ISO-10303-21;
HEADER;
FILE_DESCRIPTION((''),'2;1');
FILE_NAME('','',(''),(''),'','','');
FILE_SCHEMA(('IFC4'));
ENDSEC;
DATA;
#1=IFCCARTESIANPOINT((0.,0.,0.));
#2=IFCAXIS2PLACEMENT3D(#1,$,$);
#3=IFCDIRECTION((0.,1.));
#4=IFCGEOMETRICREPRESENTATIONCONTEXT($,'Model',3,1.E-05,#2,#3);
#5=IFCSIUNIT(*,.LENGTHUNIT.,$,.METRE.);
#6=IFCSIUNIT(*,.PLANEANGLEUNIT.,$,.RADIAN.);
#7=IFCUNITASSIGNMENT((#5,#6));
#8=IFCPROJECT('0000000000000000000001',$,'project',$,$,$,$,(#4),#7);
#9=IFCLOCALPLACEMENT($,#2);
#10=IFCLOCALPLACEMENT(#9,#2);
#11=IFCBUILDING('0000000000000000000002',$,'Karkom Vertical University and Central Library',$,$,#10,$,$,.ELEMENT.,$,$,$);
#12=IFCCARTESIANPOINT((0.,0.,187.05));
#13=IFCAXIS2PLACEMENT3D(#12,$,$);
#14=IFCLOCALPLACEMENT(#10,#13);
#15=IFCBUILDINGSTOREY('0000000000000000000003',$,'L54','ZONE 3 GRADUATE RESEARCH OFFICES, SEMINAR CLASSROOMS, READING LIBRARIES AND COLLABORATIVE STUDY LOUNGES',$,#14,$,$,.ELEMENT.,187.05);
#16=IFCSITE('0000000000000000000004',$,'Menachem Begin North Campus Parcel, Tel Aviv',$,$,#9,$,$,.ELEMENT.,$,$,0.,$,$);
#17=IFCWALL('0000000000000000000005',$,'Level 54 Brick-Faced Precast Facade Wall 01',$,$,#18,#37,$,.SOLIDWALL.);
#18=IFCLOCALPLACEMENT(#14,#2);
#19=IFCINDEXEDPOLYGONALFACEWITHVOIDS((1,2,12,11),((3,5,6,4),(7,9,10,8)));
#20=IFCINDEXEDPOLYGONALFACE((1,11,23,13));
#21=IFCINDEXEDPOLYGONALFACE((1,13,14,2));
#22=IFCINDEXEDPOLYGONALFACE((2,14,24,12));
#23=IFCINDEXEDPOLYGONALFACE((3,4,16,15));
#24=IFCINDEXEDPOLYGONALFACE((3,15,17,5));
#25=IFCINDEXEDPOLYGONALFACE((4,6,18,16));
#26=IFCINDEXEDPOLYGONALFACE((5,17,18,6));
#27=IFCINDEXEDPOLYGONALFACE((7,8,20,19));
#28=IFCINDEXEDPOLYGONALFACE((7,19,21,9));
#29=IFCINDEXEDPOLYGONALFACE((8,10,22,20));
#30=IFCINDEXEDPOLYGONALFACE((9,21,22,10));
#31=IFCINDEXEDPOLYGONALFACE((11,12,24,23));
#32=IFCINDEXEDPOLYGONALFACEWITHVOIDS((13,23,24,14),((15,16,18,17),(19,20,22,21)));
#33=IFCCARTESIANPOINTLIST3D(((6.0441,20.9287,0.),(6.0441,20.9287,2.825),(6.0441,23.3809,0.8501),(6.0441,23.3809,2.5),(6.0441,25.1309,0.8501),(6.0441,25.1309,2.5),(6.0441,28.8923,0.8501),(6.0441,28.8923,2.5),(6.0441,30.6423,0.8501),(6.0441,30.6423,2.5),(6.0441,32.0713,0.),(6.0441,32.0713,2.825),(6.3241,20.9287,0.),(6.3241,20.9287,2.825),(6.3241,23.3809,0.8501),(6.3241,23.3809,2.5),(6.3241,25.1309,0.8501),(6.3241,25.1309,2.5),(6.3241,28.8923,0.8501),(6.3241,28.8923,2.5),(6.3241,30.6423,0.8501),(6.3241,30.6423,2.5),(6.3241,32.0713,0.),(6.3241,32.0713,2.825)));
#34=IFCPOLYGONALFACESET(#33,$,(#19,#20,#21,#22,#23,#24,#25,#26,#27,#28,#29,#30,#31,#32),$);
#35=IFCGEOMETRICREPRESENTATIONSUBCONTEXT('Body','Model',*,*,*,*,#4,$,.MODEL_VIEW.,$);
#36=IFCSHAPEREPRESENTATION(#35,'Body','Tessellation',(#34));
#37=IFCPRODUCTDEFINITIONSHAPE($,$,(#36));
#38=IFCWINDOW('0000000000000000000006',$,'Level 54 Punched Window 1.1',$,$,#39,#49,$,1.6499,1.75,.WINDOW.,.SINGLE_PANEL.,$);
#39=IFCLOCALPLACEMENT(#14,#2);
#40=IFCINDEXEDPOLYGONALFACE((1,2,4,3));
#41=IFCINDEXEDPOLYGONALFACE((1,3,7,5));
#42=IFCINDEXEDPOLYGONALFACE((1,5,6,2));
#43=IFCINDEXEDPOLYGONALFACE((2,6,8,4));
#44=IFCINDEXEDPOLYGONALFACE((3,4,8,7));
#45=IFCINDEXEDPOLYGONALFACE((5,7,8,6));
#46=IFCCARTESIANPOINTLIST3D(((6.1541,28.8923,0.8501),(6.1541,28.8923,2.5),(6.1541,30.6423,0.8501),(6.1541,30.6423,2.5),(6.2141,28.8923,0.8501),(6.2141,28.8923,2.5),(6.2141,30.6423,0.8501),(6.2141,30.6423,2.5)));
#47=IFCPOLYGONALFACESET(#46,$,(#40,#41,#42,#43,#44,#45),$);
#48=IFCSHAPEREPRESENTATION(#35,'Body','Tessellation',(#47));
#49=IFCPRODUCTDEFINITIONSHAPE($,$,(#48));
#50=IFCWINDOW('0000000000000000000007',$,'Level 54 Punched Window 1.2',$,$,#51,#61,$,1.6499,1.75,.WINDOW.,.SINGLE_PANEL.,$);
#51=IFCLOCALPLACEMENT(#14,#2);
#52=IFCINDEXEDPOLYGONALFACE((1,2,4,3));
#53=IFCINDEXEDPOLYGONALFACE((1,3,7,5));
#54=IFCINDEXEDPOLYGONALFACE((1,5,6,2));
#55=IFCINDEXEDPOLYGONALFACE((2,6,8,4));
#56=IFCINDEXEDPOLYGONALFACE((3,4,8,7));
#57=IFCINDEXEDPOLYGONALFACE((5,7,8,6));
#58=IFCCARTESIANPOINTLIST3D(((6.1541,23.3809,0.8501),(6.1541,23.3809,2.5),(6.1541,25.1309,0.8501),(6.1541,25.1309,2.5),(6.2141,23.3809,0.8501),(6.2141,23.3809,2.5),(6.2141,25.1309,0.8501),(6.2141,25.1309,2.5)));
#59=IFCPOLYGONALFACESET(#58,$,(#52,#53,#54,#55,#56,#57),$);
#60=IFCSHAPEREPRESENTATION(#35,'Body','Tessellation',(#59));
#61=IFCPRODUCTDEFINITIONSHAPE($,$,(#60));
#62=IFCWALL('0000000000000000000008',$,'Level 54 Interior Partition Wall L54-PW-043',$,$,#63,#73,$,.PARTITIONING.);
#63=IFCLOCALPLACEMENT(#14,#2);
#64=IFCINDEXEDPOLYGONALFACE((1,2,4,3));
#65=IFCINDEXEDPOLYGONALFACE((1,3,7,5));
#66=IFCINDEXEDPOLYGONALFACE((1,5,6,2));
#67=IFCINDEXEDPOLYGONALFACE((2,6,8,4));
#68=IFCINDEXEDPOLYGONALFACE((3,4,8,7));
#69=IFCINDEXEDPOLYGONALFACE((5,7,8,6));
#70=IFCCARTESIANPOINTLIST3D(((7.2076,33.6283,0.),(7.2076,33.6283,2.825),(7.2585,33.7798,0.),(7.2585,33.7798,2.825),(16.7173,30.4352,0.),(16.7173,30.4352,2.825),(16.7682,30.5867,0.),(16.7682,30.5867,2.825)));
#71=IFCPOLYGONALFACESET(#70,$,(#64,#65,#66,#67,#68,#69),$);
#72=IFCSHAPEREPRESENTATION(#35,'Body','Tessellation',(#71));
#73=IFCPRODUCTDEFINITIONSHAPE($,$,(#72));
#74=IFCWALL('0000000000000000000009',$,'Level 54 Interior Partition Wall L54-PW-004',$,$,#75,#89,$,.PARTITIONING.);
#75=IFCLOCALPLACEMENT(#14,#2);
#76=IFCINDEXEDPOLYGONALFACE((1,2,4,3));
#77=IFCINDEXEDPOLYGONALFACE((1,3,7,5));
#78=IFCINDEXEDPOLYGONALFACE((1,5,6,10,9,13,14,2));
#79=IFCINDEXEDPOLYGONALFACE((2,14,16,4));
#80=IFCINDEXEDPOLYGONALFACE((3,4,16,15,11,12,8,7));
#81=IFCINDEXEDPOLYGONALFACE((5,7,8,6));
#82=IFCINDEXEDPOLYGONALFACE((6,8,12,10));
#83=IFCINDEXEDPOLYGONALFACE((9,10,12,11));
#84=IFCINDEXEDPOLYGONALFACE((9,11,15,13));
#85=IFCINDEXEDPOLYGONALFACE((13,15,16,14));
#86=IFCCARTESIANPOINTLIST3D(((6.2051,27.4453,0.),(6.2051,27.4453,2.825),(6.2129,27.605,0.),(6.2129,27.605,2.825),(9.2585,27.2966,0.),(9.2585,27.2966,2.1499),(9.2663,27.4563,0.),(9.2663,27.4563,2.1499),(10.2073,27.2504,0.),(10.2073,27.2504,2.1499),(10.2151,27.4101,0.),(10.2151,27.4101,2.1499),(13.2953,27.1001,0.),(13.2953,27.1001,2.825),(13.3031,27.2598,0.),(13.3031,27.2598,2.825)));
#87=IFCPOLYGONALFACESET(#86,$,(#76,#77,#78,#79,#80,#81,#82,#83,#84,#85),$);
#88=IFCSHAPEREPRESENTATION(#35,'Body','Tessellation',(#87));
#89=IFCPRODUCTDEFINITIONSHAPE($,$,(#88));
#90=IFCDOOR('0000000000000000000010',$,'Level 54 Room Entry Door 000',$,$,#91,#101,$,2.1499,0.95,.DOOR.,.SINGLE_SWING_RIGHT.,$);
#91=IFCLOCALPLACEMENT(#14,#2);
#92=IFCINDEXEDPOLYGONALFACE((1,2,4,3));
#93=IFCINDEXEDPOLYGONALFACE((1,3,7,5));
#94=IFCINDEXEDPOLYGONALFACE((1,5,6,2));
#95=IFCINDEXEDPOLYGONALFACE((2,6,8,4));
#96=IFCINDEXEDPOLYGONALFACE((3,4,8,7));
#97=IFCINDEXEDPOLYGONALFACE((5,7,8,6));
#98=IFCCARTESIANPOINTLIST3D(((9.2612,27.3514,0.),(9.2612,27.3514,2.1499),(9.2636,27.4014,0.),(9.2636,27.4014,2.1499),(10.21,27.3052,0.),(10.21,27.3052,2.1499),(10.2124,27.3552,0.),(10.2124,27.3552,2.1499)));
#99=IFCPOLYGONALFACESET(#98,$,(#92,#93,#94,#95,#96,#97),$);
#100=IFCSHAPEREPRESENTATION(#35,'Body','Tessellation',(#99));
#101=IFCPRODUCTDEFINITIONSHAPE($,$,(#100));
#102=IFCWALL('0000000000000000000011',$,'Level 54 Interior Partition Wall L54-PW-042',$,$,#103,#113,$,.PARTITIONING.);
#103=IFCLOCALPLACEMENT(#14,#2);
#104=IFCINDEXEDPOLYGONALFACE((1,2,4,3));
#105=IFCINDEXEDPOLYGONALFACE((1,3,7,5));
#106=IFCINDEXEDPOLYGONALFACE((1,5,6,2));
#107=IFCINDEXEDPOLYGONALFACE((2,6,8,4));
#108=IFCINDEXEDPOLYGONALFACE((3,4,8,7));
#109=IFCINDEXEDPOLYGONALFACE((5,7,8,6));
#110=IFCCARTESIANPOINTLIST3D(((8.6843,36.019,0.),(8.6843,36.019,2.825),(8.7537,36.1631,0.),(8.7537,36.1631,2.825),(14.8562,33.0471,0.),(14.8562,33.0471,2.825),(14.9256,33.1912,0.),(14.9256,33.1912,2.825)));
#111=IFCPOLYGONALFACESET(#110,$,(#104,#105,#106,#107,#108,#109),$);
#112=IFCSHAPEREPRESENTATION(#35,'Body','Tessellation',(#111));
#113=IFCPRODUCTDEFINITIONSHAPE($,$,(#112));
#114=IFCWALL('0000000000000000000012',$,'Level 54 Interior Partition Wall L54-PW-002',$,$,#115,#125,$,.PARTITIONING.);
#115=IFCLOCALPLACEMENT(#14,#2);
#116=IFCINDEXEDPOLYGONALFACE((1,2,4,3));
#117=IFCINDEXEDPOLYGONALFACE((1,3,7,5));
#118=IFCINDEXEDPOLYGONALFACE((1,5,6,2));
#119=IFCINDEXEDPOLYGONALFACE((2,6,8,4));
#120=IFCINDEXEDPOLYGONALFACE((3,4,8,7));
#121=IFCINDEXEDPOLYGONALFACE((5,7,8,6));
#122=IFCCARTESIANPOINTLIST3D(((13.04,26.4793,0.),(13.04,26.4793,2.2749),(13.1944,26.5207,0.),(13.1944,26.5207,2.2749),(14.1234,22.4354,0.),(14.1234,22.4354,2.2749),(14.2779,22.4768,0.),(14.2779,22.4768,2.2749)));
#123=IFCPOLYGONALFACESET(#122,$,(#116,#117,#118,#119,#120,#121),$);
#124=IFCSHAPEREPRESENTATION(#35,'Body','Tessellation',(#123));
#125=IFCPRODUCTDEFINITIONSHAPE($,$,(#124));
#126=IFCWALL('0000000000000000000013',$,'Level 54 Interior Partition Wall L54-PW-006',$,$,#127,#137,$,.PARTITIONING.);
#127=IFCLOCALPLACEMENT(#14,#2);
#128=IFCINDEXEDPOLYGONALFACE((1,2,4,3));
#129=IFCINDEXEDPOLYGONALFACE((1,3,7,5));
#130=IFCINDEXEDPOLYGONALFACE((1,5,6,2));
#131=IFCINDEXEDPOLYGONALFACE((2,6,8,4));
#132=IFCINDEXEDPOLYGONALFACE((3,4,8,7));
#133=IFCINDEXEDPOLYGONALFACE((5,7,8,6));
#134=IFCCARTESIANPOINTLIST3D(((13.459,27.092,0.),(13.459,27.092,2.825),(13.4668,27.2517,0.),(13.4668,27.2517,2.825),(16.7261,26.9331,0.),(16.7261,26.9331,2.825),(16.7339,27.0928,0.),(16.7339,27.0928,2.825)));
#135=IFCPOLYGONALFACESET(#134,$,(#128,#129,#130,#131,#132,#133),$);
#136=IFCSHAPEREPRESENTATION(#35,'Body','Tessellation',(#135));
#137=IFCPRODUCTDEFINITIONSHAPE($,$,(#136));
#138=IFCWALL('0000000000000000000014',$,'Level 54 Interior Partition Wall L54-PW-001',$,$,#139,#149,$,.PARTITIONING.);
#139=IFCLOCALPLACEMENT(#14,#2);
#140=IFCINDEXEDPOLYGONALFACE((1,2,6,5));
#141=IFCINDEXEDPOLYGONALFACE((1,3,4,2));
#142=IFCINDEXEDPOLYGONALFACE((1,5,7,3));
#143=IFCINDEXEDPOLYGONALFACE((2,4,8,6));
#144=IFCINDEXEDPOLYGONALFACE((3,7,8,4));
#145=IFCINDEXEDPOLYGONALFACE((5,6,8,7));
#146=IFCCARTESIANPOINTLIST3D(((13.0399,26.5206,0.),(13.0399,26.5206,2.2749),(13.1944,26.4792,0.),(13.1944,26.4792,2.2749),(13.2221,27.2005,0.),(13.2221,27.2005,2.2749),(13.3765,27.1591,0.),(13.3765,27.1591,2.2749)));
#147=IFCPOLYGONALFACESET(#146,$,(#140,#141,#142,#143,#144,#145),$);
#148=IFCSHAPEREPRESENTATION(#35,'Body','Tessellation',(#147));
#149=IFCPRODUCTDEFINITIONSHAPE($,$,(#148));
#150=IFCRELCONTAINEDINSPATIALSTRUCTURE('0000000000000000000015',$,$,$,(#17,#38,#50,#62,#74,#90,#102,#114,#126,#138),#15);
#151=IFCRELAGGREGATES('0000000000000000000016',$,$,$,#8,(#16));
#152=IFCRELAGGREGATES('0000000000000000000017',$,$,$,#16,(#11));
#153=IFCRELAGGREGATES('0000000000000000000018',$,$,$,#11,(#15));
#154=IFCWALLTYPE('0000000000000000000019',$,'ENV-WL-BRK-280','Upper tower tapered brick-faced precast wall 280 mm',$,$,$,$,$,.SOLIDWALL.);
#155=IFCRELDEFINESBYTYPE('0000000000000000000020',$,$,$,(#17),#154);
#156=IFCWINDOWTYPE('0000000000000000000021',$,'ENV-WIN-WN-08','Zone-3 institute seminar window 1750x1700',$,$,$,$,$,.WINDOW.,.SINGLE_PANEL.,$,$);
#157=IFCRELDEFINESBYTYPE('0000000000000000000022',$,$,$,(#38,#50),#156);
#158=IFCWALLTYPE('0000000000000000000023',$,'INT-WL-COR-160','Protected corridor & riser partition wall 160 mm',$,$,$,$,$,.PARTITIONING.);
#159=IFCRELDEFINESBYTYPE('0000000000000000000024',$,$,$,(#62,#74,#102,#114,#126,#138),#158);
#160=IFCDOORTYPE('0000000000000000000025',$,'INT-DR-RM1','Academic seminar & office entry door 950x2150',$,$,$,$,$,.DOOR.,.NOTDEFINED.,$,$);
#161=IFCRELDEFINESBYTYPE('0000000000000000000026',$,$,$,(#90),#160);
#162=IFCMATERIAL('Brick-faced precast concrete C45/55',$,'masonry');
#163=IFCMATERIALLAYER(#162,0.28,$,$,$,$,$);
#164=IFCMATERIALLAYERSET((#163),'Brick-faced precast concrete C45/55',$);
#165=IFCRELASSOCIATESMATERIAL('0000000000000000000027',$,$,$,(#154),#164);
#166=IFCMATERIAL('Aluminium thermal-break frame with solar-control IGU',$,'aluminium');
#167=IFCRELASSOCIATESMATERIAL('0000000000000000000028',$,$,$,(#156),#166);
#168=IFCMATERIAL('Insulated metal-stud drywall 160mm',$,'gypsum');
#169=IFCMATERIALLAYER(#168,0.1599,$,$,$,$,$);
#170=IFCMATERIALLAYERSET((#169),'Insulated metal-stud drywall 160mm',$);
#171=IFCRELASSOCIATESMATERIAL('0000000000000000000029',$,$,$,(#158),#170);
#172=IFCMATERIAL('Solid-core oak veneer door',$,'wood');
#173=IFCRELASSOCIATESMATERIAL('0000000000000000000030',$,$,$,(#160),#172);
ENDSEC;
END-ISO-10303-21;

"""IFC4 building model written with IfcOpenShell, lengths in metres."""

from ifc_helpers import new_model, si_unit, direction, frame, frame_2d, origin, origin_with_axes, place, context, subcontext, project, spatial, rectangle, extrude, source, transform, mapped, material, layer, layer_set, type_object, element, fill, save


model = new_model("IFC4")

# Units and contexts
model_context = context("Model", 3, precision=1e-05, world=origin(), true_north=direction((0.0, 1.0)))
body_context = subcontext(model_context, "Body", "Model", "MODEL_VIEW")
ifc_project = project(units=[si_unit("LENGTHUNIT", "METRE"), si_unit("PLANEANGLEUNIT", "RADIAN")], contexts=[model_context])

# Site, building, storey
site_placement = place(None, origin())
site = spatial("IfcSite", under=ifc_project, at=site_placement, Name="Menachem Begin North Campus Parcel, Tel Aviv", CompositionType="ELEMENT", RefElevation=0.0)
building_placement = place(site_placement, origin())
building = spatial("IfcBuilding", under=site, at=building_placement, Name="Karkom Vertical University and Central Library", CompositionType="ELEMENT")
storey_placement = place(building_placement, frame((0.0, 0.0, 187.05)))
storey = spatial("IfcBuildingStorey", under=building, at=storey_placement, Name="L54", Description="ZONE 3 GRADUATE RESEARCH OFFICES, SEMINAR CLASSROOMS, READING LIBRARIES AND COLLABORATIVE STUDY LOUNGES", CompositionType="ELEMENT", Elevation=187.05)

# Wall, openings, windows
ifc_material_1 = material(Name="Brick-faced precast concrete C45/55", Category="masonry")
ifc_layer_1 = layer(ifc_material_1, 0.28)
ifc_layer_set_1 = layer_set([ifc_layer_1], Name="Brick-faced precast concrete C45/55")
wall_type_1 = type_object("IfcWallType", Name="ENV-WL-BRK-280", Description="Upper tower tapered brick-faced precast wall 280 mm", PredefinedType="SOLIDWALL", material=ifc_layer_set_1)
wall_1_placement = place(storey_placement, frame((6.1841, 32.0713, 0.0), z_axis=(0.0, 0.0, 1.0), x_axis=(0.0, -1.0, 0.0)))
wall_1 = element("IfcWall", 1, at=wall_1_placement, inside=storey, type_object=wall_type_1, Name="Level 54 Brick-Faced Precast Facade Wall 01", PredefinedType="SOLIDWALL", context=body_context, shape_type="SweptSolid", body=[
    extrude(rectangle(XDim=11.1426, YDim=0.28, at=frame_2d((5.5713, 0.0))), origin(), (0.0, 0.0, 1.0), 2.825),
])
opening_1_placement = place(wall_1_placement, frame((1.429, 0.0, 0.8501)))
opening_1 = element("IfcOpeningElement", 2, at=opening_1_placement, cuts=wall_1, PredefinedType="OPENING", context=body_context, shape_type="SweptSolid", body=[
    extrude(rectangle(XDim=1.75, YDim=1.6499, at=frame_2d((0.875, 0.825))), frame((0.0, 0.1499, 0.0), z_axis=(0.0, -1.0, 0.0), x_axis=(1.0, 0.0, 0.0)), (0.0, 0.0, 1.0), 0.3),
])
opening_2_placement = place(wall_1_placement, frame((6.9404, 0.0, 0.8501)))
opening_2 = element("IfcOpeningElement", 3, at=opening_2_placement, cuts=wall_1, PredefinedType="OPENING", context=body_context, shape_type="SweptSolid", body=[
    extrude(rectangle(XDim=1.75, YDim=1.6499, at=frame_2d((0.875, 0.825))), frame((0.0, 0.1499, 0.0), z_axis=(0.0, -1.0, 0.0), x_axis=(1.0, 0.0, 0.0)), (0.0, 0.0, 1.0), 0.3),
])
ifc_material_2 = material(Name="Aluminium thermal-break frame with solar-control IGU", Category="aluminium")
window_type = type_object("IfcWindowType", Name="ENV-WIN-WN-08", Description="Zone-3 institute seminar window 1750x1700", PartitioningType="SINGLE_PANEL", PredefinedType="WINDOW", material=ifc_material_2)
shared_shape_1 = source(origin_with_axes(), body_context, "Body", "SweptSolid", [
    extrude(rectangle(XDim=1.75, YDim=1.6499, at=frame_2d((0.875, 0.825))), frame((0.0, 0.03, 0.0), z_axis=(0.0, -1.0, 0.0), x_axis=(1.0, 0.0, 0.0)), (0.0, 0.0, 1.0), 0.0601),
])
window_1_placement = place(opening_1_placement, origin())
window_1 = element("IfcWindow", 4, at=window_1_placement, inside=storey, type_object=window_type, Name="Level 54 Punched Window 1.1", OverallHeight=1.6499, OverallWidth=1.75, PartitioningType="SINGLE_PANEL", PredefinedType="WINDOW", context=body_context, shape_type="MappedRepresentation", body=[
    mapped(shared_shape_1, transform((0.0, 0.0, 0.0), scale=1.0)),
])
fill(opening_1, window_1)
window_2_placement = place(opening_2_placement, origin())
window_2 = element("IfcWindow", 5, at=window_2_placement, inside=storey, type_object=window_type, Name="Level 54 Punched Window 1.2", OverallHeight=1.6499, OverallWidth=1.75, PartitioningType="SINGLE_PANEL", PredefinedType="WINDOW", context=body_context, shape_type="MappedRepresentation", body=[
    mapped(shared_shape_1, transform((0.0, 0.0, 0.0), scale=1.0)),
])
fill(opening_2, window_2)

# Wall
ifc_material_3 = material(Name="Insulated metal-stud drywall 160mm", Category="gypsum")
ifc_layer_2 = layer(ifc_material_3, 0.1599)
ifc_layer_set_2 = layer_set([ifc_layer_2], Name="Insulated metal-stud drywall 160mm")
wall_type_2 = type_object("IfcWallType", Name="INT-WL-COR-160", Description="Protected corridor & riser partition wall 160 mm", PredefinedType="PARTITIONING", material=ifc_layer_set_2)
wall_2_placement = place(storey_placement, frame((16.7427, 30.511, 0.0), z_axis=(0.0, 0.0, 1.0), x_axis=(-0.947987, 0.318308, 0.0)))
element("IfcWall", 6, at=wall_2_placement, inside=storey, type_object=wall_type_2, Name="Level 54 Interior Partition Wall L54-PW-043", PredefinedType="PARTITIONING", context=body_context, shape_type="SweptSolid", body=[
    extrude(rectangle(XDim=10.0315, YDim=0.1599, at=frame_2d((5.0156, 0.0))), origin(), (0.0, 0.0, 1.0), 2.825),
])

# Wall, opening, door
wall_3_placement = place(storey_placement, frame((6.209, 27.5251, 0.0), z_axis=(0.0, 0.0, 1.0), x_axis=(0.998817, -0.048631, 0.0)))
wall_3 = element("IfcWall", 7, at=wall_3_placement, inside=storey, type_object=wall_type_2, Name="Level 54 Interior Partition Wall L54-PW-004", PredefinedType="PARTITIONING", context=body_context, shape_type="SweptSolid", body=[
    extrude(rectangle(XDim=7.0986, YDim=0.1599, at=frame_2d((3.5493, 0.0))), origin(), (0.0, 0.0, 1.0), 2.825),
])
opening_3_placement = place(wall_3_placement, frame((3.0569, 0.0, 0.0)))
opening_3 = element("IfcOpeningElement", 8, at=opening_3_placement, cuts=wall_3, PredefinedType="OPENING", context=body_context, shape_type="SweptSolid", body=[
    extrude(rectangle(XDim=0.95, YDim=2.1499, at=frame_2d((0.4751, 1.075))), frame((0.0, 0.0898, 0.0), z_axis=(0.0, -1.0, 0.0), x_axis=(1.0, 0.0, 0.0)), (0.0, 0.0, 1.0), 0.1799),
])
ifc_material_4 = material(Name="Solid-core oak veneer door", Category="wood")
door_type_1 = type_object("IfcDoorType", Name="INT-DR-RM1", Description="Academic seminar & office entry door 950x2150", OperationType="NOTDEFINED", PredefinedType="DOOR", material=ifc_material_4)
shared_shape_2 = source(origin_with_axes(), body_context, "Body", "SweptSolid", [
    extrude(rectangle(XDim=0.95, YDim=2.1499, at=frame_2d((0.4751, 1.075))), frame((0.0, 0.0249, 0.0), z_axis=(0.0, -1.0, 0.0), x_axis=(1.0, 0.0, 0.0)), (0.0, 0.0, 1.0), 0.05),
])
door_1_placement = place(opening_3_placement, origin())
door_1 = element("IfcDoor", 9, at=door_1_placement, inside=storey, type_object=door_type_1, Name="Level 54 Room Entry Door 000", OperationType="SINGLE_SWING_RIGHT", OverallHeight=2.1499, OverallWidth=0.95, PredefinedType="DOOR", context=body_context, shape_type="MappedRepresentation", body=[
    mapped(shared_shape_2, transform((0.0, 0.0, 0.0), scale=1.0)),
])
fill(opening_3, door_1)

# Walls
wall_4_placement = place(storey_placement, frame((14.8909, 33.1191, 0.0), z_axis=(0.0, 0.0, 1.0), x_axis=(-0.900986, 0.433849, 0.0)))
element("IfcWall", 10, at=wall_4_placement, inside=storey, type_object=wall_type_2, Name="Level 54 Interior Partition Wall L54-PW-042", PredefinedType="PARTITIONING", context=body_context, shape_type="SweptSolid", body=[
    extrude(rectangle(XDim=6.8501, YDim=0.1599, at=frame_2d((3.425, 0.0))), origin(), (0.0, 0.0, 1.0), 2.825),
])
wall_5_placement = place(storey_placement, frame((13.1172, 26.5, 0.0), z_axis=(0.0, 0.0, 1.0), x_axis=(0.258802, -0.96593, 0.0)))
element("IfcWall", 11, at=wall_5_placement, inside=storey, type_object=wall_type_2, Name="Level 54 Interior Partition Wall L54-PW-002", PredefinedType="PARTITIONING", context=body_context, shape_type="SweptSolid", body=[
    extrude(rectangle(XDim=4.1865, YDim=0.1599, at=frame_2d((2.0933, 0.0))), origin(), (0.0, 0.0, 1.0), 2.2749),
])
wall_6_placement = place(storey_placement, frame((13.4629, 27.1719, 0.0), z_axis=(0.0, 0.0, 1.0), x_axis=(0.998819, -0.04859, 0.0)))
element("IfcWall", 12, at=wall_6_placement, inside=storey, type_object=wall_type_2, Name="Level 54 Interior Partition Wall L54-PW-006", PredefinedType="PARTITIONING", context=body_context, shape_type="SweptSolid", body=[
    extrude(rectangle(XDim=3.271, YDim=0.1599, at=frame_2d((1.6355, 0.0))), origin(), (0.0, 0.0, 1.0), 2.825),
])
wall_7_placement = place(storey_placement, frame((13.2993, 27.1799, 0.0), z_axis=(0.0, 0.0, 1.0), x_axis=(-0.258742, -0.965947, 0.0)))
element("IfcWall", 13, at=wall_7_placement, inside=storey, type_object=wall_type_2, Name="Level 54 Interior Partition Wall L54-PW-001", PredefinedType="PARTITIONING", context=body_context, shape_type="SweptSolid", body=[
    extrude(rectangle(XDim=0.7039, YDim=0.1599, at=frame_2d((0.3521, 0.0))), origin(), (0.0, 0.0, 1.0), 2.2749),
])

save(model, "model.ifc")
